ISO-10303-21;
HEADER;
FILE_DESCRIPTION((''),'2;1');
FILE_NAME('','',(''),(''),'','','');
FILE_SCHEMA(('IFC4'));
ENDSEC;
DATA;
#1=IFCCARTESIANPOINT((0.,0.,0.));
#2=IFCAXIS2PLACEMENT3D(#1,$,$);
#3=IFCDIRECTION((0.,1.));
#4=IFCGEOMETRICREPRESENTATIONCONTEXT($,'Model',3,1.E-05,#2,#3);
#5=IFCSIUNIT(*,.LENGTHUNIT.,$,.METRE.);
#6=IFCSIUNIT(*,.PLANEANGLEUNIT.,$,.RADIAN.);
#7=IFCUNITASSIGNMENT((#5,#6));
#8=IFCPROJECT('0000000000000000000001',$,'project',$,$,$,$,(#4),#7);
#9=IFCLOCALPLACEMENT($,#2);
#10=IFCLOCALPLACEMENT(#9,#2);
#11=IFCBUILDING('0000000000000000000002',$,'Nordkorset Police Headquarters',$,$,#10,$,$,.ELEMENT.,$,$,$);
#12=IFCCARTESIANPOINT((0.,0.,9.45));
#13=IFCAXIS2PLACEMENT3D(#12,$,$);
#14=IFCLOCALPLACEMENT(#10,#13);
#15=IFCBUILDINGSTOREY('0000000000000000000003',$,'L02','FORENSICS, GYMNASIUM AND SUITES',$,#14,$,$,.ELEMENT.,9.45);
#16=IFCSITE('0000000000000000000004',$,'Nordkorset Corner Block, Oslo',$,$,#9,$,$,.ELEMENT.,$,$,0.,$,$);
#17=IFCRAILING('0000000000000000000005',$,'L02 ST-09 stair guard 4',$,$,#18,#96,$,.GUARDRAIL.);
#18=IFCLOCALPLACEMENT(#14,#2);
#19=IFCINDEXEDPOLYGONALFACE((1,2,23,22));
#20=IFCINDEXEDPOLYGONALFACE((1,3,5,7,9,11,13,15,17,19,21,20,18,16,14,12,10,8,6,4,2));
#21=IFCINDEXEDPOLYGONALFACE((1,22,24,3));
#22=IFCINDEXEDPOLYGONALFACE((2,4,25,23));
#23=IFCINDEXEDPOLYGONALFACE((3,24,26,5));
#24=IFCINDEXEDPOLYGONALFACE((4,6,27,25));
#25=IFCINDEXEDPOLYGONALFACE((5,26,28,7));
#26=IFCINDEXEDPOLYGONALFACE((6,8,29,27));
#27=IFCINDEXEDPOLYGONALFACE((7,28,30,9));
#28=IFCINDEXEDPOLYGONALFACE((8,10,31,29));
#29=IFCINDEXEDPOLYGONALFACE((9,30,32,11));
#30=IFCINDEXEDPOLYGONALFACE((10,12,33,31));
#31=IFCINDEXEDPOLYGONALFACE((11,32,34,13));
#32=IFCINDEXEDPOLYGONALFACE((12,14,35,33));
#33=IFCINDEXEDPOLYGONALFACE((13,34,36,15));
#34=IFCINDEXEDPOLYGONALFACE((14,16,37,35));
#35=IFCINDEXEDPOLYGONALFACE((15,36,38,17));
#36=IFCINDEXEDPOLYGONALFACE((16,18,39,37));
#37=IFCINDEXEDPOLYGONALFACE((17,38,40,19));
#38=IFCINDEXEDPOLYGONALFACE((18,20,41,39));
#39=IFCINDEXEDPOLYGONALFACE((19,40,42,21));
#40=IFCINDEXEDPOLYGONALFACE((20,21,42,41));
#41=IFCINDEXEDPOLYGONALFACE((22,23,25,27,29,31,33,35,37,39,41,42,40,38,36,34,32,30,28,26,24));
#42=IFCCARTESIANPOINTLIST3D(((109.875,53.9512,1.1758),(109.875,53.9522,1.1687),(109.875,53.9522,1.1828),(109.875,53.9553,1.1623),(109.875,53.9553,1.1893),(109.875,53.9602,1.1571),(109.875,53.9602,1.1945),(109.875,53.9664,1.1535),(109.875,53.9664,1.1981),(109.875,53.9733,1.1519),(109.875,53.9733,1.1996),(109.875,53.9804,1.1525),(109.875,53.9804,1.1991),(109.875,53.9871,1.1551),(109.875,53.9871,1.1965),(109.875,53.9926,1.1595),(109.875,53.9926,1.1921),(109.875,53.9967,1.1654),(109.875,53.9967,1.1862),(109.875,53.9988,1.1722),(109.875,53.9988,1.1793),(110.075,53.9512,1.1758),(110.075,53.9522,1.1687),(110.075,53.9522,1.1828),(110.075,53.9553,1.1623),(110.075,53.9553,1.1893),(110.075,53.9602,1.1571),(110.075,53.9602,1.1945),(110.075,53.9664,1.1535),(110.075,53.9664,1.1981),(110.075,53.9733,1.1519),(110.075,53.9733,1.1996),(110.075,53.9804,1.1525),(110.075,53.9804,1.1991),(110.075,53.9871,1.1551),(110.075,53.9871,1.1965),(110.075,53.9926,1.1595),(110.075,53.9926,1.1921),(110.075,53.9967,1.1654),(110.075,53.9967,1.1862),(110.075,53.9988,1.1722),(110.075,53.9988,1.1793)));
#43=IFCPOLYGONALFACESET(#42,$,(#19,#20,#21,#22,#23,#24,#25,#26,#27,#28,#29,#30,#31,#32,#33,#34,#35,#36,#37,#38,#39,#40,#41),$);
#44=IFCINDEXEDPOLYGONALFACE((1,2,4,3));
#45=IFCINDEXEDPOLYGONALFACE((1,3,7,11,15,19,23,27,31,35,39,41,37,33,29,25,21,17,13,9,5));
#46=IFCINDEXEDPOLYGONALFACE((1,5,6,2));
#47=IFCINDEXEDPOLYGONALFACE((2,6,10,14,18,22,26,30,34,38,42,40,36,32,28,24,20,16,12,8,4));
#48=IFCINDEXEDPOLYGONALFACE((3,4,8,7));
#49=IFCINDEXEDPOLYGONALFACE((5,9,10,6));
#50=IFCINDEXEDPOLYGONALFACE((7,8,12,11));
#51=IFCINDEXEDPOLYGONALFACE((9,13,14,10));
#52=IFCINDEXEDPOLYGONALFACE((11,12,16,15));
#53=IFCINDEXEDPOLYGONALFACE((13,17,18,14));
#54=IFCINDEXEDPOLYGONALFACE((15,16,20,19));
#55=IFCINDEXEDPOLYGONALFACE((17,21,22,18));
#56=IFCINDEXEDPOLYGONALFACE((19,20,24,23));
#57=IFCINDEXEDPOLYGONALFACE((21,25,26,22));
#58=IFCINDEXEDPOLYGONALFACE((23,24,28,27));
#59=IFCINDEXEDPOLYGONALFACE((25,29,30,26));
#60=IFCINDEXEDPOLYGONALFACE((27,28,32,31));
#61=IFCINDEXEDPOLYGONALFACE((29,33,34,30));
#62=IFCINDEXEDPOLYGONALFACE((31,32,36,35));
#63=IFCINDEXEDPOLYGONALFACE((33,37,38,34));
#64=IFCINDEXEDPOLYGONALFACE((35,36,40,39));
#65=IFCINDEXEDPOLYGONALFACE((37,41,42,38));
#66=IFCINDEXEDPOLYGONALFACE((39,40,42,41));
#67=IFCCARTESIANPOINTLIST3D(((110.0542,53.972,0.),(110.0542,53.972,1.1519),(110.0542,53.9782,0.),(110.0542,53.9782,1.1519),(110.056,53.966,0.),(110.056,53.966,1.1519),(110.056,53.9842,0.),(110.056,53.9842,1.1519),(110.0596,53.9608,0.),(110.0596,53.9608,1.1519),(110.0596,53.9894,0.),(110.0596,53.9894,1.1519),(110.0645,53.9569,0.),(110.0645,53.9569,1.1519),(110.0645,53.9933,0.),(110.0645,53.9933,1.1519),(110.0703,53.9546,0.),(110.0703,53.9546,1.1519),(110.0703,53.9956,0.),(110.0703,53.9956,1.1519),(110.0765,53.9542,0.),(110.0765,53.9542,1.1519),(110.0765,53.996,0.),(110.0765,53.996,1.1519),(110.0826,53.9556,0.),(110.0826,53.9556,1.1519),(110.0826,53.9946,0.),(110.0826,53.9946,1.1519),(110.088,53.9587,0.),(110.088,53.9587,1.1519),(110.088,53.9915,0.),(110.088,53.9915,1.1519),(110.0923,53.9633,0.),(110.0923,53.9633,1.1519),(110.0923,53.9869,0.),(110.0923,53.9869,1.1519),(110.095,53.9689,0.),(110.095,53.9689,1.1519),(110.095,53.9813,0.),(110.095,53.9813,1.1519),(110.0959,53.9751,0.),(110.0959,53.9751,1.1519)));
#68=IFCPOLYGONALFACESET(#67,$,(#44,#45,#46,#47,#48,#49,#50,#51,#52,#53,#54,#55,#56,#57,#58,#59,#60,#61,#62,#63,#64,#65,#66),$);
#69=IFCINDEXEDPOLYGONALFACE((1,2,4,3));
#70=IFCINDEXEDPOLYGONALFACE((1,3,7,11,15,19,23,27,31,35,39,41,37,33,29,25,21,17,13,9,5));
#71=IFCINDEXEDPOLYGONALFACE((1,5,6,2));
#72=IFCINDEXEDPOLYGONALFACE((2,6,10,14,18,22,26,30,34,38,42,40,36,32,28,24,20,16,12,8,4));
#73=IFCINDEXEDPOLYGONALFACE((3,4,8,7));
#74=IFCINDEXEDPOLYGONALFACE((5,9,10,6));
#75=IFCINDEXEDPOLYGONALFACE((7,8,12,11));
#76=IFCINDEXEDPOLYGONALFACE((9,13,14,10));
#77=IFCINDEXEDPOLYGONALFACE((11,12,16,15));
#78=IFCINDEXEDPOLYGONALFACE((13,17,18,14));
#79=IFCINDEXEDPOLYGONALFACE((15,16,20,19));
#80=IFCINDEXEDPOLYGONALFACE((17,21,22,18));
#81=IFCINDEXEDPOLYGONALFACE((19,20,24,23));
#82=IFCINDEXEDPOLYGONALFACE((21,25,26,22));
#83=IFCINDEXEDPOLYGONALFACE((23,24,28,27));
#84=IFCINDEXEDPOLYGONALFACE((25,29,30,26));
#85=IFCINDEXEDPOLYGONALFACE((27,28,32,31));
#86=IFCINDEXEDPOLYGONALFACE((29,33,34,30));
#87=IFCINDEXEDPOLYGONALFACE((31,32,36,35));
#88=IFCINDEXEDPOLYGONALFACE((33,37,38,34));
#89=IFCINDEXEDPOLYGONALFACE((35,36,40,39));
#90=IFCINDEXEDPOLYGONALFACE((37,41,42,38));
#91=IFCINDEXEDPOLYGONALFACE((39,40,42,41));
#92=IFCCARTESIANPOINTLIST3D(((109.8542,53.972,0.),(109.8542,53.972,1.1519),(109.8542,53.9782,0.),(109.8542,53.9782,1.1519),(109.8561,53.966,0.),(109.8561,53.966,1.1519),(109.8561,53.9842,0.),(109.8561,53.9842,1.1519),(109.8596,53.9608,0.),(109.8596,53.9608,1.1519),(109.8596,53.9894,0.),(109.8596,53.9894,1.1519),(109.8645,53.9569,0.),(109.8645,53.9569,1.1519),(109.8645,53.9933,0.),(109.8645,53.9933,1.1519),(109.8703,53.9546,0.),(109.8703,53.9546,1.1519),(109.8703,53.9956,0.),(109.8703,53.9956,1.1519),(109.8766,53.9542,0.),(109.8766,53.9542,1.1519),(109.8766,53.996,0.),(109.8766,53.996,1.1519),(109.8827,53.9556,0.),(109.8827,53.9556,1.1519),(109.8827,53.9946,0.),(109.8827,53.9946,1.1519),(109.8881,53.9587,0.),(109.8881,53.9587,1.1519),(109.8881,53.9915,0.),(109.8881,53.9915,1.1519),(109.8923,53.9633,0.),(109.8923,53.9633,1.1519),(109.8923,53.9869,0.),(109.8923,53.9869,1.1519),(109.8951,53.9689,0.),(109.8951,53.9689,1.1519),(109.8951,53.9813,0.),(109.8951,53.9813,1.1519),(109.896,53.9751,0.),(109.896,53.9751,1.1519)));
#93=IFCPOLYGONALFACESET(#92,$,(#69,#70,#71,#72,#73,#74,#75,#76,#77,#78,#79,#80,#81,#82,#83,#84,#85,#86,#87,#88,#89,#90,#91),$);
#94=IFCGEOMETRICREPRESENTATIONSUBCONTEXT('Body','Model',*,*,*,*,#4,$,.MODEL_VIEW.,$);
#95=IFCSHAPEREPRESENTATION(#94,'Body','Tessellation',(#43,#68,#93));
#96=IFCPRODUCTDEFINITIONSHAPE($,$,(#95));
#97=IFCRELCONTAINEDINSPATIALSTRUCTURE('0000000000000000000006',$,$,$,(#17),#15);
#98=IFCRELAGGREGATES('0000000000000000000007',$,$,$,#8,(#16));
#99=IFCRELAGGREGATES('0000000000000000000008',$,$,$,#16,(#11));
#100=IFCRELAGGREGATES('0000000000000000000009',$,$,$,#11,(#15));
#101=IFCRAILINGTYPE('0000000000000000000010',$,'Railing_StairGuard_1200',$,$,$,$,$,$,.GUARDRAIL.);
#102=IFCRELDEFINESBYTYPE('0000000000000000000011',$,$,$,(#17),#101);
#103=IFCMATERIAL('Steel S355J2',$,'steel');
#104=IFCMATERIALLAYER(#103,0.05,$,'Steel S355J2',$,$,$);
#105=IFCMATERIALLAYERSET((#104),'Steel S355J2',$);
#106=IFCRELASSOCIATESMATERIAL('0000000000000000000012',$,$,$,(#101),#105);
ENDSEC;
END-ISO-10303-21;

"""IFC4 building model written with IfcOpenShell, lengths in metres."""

from ifc_helpers import new_model, si_unit, direction, frame, origin, origin_2d, place, context, subcontext, project, spatial, circle, extrude, material, layer, layer_set, type_object, element, save


model = new_model("IFC4")

# Units and contexts
model_context = context("Model", 3, precision=1e-05, world=origin(), true_north=direction((0.0, 1.0)))
body_context = subcontext(model_context, "Body", "Model", "MODEL_VIEW")
ifc_project = project(units=[si_unit("LENGTHUNIT", "METRE"), si_unit("PLANEANGLEUNIT", "RADIAN")], contexts=[model_context])

# Site, building, storey
site_placement = place(None, origin())
site = spatial("IfcSite", under=ifc_project, at=site_placement, Name="Nordkorset Corner Block, Oslo", CompositionType="ELEMENT", RefElevation=0.0)
building_placement = place(site_placement, origin())
building = spatial("IfcBuilding", under=site, at=building_placement, Name="Nordkorset Police Headquarters", CompositionType="ELEMENT")
storey_placement = place(building_placement, frame((0.0, 0.0, 9.45)))
storey = spatial("IfcBuildingStorey", under=building, at=storey_placement, Name="L02", Description="FORENSICS, GYMNASIUM AND SUITES", CompositionType="ELEMENT", Elevation=9.45)

# Railing
ifc_material_1 = material(Name="Steel S355J2", Category="steel")
ifc_layer_1 = layer(ifc_material_1, 0.05, Name="Steel S355J2")
ifc_layer_set_1 = layer_set([ifc_layer_1], Name="Steel S355J2")
railing_type_1 = type_object("IfcRailingType", Name="Railing_StairGuard_1200", PredefinedType="GUARDRAIL", material=ifc_layer_set_1)
railing_1_placement = place(storey_placement, frame((110.075, 53.9751, 0.0)))
element("IfcRailing", 1, at=railing_1_placement, inside=storey, type_object=railing_type_1, Name="L02 ST-09 stair guard 4", PredefinedType="GUARDRAIL", context=body_context, shape_type="SweptSolid", body=[
    extrude(circle(Radius=0.0239, at=origin_2d()), frame((0.0, 0.0, 1.1758), z_axis=(-1.0, 0.0, 0.0), x_axis=(0.0, -1.0, 0.0)), (0.0, 0.0, 1.0), 0.2),
    extrude(circle(Radius=0.021, at=origin_2d()), origin(), (0.0, 0.0, 1.0), 1.1519),
    extrude(circle(Radius=0.021, at=origin_2d()), frame((-0.2, 0.0, 0.0)), (0.0, 0.0, 1.0), 1.1519),
])

save(model, "model.ifc")
